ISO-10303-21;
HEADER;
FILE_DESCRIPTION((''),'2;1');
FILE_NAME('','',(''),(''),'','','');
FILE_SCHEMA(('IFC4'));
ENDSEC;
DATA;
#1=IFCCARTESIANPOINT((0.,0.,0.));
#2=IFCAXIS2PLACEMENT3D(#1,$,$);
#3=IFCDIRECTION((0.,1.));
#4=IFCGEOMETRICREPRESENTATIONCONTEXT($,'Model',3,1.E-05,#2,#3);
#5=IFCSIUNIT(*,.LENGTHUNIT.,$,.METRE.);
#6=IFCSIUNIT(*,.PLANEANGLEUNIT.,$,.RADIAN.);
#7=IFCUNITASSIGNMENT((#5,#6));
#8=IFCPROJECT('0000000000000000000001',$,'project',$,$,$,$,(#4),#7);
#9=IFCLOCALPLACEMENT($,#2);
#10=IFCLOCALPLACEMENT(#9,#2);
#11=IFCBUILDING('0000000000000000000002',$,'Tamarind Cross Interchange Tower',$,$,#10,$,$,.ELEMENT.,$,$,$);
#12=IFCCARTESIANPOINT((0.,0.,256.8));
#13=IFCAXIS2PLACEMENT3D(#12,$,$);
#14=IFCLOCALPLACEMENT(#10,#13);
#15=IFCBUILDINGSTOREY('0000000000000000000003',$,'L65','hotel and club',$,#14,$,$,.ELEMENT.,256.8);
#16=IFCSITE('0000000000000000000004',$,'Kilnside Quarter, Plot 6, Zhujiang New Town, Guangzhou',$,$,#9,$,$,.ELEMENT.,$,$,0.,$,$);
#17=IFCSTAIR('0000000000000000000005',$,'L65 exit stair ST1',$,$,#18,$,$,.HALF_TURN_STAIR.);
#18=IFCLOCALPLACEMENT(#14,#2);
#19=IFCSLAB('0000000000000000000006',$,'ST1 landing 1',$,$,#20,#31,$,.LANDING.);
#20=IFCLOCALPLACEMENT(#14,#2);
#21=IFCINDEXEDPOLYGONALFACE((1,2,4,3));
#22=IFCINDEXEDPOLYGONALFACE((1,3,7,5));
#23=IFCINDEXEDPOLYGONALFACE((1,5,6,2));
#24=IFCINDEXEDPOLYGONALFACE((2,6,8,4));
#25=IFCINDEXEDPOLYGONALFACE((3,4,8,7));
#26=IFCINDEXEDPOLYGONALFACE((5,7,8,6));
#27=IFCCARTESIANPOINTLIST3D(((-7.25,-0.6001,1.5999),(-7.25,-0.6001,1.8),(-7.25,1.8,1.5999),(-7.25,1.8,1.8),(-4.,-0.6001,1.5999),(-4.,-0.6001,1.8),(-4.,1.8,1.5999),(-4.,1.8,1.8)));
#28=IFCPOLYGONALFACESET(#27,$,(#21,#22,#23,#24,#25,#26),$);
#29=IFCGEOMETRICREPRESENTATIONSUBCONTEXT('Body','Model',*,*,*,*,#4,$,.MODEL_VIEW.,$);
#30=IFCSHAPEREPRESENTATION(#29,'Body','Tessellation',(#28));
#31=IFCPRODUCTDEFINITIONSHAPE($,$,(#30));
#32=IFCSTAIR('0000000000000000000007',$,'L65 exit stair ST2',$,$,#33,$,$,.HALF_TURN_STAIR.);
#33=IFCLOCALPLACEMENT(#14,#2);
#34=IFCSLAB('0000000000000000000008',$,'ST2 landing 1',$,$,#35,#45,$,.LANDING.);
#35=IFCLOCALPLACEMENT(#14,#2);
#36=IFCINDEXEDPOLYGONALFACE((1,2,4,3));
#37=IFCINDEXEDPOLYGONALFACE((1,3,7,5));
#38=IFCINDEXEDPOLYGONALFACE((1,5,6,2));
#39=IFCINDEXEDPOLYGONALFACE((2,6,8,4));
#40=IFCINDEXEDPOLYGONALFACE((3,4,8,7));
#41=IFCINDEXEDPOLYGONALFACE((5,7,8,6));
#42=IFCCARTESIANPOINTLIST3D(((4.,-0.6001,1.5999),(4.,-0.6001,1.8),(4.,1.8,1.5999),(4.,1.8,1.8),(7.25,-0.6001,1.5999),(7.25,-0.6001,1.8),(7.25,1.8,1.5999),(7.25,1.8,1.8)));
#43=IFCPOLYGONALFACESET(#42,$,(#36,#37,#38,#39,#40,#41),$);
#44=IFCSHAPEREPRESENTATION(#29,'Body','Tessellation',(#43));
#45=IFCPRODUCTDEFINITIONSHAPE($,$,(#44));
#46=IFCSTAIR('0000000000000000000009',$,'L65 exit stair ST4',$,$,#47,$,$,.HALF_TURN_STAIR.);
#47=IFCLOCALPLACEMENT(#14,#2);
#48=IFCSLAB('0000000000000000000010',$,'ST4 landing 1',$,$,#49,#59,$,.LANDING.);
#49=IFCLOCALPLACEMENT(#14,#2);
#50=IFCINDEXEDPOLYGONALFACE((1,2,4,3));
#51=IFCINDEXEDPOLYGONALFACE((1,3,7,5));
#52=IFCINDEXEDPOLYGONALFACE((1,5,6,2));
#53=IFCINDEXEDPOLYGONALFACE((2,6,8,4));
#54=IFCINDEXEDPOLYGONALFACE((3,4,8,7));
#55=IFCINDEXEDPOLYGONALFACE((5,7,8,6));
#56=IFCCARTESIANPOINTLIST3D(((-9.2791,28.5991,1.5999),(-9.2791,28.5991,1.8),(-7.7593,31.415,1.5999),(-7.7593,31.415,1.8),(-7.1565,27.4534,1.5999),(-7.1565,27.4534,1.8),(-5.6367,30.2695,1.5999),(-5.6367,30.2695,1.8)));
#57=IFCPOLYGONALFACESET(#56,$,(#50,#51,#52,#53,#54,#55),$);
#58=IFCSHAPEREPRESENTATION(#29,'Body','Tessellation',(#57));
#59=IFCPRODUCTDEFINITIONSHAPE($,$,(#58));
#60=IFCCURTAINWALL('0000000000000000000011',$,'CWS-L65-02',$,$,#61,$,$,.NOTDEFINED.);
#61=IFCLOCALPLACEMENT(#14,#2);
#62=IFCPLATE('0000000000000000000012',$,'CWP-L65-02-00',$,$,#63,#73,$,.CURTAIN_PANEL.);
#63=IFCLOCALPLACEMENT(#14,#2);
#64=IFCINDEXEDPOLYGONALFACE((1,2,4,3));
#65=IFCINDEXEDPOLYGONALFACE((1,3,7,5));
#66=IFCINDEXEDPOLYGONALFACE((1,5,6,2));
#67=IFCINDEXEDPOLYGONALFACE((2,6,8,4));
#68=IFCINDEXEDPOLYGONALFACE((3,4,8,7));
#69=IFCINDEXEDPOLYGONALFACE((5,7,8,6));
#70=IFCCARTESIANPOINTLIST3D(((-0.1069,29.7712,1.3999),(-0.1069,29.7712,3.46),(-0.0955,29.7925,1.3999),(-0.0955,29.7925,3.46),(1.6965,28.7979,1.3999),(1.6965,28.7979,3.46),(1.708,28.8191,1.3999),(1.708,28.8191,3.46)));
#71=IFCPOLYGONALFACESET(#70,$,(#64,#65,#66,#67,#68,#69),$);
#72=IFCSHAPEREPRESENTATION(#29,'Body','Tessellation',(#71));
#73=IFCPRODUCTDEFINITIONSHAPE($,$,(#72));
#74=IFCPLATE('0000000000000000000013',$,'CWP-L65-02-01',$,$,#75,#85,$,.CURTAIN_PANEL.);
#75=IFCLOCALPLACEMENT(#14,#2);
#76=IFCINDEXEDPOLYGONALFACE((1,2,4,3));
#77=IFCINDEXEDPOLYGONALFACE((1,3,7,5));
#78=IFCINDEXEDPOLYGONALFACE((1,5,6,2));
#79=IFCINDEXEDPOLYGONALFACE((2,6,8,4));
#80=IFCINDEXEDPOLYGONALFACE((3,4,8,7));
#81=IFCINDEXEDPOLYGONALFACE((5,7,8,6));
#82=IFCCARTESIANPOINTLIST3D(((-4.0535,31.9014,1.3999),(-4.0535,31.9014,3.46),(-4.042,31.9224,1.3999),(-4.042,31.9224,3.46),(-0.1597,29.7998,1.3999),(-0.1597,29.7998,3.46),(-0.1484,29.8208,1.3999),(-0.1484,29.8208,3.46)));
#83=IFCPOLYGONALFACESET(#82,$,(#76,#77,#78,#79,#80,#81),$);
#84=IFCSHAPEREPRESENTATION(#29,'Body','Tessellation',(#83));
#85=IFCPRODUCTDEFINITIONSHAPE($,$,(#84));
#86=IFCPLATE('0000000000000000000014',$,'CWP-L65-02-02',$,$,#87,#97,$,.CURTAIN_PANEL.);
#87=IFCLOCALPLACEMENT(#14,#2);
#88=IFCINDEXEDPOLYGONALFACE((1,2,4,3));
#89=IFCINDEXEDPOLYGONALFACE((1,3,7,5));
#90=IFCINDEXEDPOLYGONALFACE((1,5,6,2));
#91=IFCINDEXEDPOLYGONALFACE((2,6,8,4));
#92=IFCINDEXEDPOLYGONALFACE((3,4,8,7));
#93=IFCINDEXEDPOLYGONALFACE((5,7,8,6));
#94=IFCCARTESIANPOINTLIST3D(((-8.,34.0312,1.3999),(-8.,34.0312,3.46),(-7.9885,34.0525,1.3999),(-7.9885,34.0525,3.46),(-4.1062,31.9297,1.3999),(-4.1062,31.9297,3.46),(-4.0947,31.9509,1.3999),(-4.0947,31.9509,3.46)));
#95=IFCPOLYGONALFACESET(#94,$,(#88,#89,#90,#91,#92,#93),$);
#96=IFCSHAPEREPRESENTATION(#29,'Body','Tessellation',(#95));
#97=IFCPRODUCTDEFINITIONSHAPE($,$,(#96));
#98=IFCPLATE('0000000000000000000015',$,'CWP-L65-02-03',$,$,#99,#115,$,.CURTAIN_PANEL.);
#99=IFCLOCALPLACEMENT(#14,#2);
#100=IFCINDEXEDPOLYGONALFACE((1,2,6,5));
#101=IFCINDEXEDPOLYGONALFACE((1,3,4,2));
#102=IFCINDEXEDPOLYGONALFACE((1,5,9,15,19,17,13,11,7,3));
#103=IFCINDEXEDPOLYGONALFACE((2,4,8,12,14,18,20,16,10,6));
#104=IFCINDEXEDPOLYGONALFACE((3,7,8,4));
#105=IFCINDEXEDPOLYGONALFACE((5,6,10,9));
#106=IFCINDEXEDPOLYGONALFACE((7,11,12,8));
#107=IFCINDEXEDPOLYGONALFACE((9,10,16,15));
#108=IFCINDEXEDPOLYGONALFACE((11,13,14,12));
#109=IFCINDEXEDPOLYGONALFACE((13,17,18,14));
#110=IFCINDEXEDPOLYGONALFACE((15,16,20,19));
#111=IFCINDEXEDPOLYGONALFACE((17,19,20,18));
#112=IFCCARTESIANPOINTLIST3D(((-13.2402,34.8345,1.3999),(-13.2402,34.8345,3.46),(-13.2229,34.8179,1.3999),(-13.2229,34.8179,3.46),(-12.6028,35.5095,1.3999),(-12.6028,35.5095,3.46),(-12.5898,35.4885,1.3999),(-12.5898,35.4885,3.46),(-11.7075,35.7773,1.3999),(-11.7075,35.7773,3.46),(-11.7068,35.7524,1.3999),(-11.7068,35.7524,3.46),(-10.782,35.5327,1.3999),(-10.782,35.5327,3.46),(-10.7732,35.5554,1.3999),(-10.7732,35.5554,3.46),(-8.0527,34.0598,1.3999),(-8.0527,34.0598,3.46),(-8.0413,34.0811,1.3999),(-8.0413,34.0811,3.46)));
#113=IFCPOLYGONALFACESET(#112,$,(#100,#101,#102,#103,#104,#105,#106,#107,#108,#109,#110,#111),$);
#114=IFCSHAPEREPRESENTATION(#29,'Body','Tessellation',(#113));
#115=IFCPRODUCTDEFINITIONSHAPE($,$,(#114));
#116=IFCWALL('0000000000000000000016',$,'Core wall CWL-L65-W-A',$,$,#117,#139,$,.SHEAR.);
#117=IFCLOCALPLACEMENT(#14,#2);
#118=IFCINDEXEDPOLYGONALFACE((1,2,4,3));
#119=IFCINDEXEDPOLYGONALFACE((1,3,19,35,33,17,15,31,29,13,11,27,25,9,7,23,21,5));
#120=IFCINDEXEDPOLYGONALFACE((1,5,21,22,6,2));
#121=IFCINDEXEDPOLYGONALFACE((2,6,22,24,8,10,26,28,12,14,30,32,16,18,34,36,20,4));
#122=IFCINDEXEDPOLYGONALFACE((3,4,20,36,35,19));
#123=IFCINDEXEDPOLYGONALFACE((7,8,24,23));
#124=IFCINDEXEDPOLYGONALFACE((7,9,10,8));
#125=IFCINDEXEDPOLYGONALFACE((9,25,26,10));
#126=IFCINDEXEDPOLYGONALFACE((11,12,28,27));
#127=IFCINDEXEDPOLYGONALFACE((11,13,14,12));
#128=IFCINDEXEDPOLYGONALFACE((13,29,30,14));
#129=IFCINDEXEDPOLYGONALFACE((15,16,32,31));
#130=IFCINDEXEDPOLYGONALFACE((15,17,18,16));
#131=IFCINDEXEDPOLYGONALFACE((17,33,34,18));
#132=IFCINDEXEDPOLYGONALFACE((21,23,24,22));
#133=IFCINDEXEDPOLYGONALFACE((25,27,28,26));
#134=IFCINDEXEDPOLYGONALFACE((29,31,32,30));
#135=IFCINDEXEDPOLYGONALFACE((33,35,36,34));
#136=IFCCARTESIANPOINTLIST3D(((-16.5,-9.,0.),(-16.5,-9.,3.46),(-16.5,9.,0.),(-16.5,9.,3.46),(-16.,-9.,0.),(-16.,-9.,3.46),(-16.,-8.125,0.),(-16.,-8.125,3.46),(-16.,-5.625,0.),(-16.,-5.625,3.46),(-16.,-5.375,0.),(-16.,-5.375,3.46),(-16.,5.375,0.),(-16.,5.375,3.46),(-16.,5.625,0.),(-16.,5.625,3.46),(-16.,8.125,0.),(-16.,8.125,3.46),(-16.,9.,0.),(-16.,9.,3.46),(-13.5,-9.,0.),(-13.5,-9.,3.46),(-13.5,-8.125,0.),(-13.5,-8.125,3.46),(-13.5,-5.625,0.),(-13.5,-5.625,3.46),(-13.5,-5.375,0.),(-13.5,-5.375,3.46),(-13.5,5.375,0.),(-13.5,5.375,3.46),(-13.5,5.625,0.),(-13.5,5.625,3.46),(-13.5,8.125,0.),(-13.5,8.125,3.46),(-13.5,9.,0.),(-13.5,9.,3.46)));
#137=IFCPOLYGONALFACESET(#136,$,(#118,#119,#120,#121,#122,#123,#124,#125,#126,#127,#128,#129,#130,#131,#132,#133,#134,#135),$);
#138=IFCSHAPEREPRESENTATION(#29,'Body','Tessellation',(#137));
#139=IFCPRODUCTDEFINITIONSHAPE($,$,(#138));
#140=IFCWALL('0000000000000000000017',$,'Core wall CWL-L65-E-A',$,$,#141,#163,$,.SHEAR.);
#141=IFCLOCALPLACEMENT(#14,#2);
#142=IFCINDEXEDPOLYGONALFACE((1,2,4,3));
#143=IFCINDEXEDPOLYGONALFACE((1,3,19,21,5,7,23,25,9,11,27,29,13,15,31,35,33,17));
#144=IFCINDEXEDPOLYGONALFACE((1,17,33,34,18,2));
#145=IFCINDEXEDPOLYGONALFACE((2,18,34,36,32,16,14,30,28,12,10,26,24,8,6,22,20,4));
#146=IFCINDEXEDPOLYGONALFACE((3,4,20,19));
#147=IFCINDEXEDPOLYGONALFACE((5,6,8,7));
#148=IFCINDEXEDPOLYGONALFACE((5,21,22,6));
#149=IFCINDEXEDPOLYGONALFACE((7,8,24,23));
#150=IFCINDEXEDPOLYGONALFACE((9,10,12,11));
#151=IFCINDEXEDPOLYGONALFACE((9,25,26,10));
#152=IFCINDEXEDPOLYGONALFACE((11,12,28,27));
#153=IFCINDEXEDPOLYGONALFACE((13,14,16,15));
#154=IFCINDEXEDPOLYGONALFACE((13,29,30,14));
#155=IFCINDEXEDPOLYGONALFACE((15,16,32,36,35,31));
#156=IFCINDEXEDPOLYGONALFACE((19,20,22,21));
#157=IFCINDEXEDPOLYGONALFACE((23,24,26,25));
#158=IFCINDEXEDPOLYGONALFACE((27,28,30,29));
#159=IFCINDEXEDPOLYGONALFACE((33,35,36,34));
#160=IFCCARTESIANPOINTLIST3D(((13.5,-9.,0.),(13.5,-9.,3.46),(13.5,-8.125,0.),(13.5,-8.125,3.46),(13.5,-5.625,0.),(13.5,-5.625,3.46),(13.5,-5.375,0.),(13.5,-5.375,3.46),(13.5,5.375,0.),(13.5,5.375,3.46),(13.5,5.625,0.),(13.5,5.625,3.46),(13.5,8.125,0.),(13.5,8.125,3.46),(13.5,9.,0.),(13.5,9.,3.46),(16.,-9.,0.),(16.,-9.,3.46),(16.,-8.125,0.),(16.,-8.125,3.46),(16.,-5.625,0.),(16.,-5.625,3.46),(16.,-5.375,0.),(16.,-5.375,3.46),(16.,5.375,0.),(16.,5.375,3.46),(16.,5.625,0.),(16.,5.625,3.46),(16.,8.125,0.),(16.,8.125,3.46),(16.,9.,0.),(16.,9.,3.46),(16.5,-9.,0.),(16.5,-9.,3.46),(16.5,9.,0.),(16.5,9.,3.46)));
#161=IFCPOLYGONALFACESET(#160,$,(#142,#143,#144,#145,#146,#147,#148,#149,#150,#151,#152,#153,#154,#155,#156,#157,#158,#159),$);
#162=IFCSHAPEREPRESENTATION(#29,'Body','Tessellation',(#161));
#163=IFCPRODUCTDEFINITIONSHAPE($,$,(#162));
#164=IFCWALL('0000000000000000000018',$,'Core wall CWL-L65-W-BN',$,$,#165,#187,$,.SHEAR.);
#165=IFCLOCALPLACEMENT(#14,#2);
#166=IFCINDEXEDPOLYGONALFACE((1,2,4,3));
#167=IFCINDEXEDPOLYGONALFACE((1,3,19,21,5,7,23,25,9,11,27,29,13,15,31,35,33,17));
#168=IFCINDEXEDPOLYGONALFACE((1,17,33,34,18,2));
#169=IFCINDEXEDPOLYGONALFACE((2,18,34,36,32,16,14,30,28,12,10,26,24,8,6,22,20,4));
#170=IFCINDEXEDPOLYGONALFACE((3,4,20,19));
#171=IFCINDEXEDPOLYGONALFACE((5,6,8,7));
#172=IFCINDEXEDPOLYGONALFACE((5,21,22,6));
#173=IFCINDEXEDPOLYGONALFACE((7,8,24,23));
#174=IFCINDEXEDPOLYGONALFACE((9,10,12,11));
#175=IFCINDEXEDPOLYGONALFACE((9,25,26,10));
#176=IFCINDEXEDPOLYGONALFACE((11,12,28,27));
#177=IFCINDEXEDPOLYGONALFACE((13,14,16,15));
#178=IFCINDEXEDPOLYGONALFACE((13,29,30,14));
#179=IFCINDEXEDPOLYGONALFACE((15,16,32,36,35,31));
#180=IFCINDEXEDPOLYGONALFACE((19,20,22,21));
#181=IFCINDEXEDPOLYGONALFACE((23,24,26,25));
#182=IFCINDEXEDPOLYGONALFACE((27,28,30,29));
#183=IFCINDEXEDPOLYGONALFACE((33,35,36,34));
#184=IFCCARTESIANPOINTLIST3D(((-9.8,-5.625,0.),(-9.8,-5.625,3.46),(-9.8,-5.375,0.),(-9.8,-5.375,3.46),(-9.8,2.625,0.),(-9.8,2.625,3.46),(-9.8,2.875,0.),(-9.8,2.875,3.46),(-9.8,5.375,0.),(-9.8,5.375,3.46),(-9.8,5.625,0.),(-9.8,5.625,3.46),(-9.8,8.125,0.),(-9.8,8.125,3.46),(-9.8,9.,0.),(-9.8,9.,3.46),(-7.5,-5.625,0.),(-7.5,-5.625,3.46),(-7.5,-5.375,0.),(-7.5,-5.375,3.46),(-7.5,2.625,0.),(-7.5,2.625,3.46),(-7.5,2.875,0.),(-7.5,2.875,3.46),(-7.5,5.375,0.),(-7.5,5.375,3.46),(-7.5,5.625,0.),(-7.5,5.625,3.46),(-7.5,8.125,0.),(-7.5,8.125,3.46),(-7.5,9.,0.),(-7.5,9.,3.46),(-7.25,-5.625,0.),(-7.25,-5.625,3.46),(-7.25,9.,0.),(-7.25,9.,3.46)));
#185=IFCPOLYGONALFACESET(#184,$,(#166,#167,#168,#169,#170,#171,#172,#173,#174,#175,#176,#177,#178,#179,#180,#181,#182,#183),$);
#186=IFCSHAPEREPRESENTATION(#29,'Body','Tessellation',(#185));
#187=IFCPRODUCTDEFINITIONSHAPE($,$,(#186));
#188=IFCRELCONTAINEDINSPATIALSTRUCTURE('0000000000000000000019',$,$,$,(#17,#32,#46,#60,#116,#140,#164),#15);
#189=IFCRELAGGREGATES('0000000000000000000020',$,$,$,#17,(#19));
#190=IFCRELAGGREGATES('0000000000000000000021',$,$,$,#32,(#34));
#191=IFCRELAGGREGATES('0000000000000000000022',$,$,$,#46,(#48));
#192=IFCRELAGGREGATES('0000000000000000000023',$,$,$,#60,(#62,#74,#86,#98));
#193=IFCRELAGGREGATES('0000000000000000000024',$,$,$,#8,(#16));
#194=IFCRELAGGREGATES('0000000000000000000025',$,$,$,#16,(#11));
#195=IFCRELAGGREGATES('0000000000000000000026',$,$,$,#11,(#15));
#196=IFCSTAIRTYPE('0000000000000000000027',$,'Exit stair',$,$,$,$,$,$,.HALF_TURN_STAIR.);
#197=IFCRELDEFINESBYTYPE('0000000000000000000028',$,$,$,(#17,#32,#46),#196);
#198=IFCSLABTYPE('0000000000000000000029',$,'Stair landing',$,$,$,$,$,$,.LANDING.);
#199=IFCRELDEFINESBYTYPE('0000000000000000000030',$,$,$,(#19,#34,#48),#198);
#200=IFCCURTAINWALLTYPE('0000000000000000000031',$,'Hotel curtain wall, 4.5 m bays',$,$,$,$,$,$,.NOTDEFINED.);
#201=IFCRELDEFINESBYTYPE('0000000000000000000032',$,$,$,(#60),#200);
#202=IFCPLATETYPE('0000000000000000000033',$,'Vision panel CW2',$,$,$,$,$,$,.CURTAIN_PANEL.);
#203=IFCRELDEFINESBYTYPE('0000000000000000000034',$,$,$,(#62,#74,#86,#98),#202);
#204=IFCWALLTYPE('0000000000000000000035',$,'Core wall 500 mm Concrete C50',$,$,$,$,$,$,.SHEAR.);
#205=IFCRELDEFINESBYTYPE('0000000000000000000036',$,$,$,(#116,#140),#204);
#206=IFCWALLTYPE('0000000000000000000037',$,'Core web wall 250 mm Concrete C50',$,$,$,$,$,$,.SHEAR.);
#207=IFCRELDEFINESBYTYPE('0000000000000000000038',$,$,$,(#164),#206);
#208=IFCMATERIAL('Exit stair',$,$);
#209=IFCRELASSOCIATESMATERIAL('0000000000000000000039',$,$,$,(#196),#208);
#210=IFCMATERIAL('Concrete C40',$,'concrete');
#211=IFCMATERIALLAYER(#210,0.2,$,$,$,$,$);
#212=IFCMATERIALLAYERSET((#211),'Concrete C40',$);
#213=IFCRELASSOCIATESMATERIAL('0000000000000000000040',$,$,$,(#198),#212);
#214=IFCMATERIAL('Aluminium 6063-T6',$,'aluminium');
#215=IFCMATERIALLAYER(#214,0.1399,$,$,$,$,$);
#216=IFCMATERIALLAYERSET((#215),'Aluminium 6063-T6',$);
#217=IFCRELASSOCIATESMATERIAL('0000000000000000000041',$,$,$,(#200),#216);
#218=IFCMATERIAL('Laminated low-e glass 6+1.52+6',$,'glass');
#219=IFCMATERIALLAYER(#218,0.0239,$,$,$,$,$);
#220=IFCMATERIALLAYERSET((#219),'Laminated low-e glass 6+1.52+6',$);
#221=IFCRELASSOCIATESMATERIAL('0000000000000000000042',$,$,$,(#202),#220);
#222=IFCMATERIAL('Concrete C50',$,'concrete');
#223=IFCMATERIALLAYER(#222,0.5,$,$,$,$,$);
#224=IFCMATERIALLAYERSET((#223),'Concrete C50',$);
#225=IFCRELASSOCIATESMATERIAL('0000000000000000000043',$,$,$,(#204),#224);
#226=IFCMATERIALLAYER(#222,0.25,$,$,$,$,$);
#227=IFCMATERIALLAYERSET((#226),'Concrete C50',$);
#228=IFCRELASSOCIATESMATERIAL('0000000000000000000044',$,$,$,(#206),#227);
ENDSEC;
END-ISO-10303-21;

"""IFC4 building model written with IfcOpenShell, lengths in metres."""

from ifc_helpers import new_model, si_unit, direction, frame, origin, place, context, subcontext, project, spatial, polyline, outline, extrude, material, layer, layer_set, type_object, element, aggregate, save


model = new_model("IFC4")

# Units and contexts
model_context = context("Model", 3, precision=1e-05, world=origin(), true_north=direction((0.0, 1.0)))
body_context = subcontext(model_context, "Body", "Model", "MODEL_VIEW")
ifc_project = project(units=[si_unit("LENGTHUNIT", "METRE"), si_unit("PLANEANGLEUNIT", "RADIAN")], contexts=[model_context])

# Site, building, storey
site_placement = place(None, origin())
site = spatial("IfcSite", under=ifc_project, at=site_placement, Name="Kilnside Quarter, Plot 6, Zhujiang New Town, Guangzhou", CompositionType="ELEMENT", RefElevation=0.0)
building_placement = place(site_placement, origin())
building = spatial("IfcBuilding", under=site, at=building_placement, Name="Tamarind Cross Interchange Tower", CompositionType="ELEMENT")
storey_placement = place(building_placement, frame((0.0, 0.0, 256.8)))
storey = spatial("IfcBuildingStorey", under=building, at=storey_placement, Name="L65", Description="hotel and club", CompositionType="ELEMENT", Elevation=256.8)

# Stairs, slabs
ifc_material_1 = material(Name="Exit stair")
stair_type = type_object("IfcStairType", Name="Exit stair", PredefinedType="HALF_TURN_STAIR", material=ifc_material_1)
stair_1_placement = place(storey_placement, origin())
stair_1 = element("IfcStair", 1, at=stair_1_placement, inside=storey, type_object=stair_type, Name="L65 exit stair ST1", PredefinedType="HALF_TURN_STAIR")
ifc_material_2 = material(Name="Concrete C40", Category="concrete")
ifc_layer_1 = layer(ifc_material_2, 0.2)
ifc_layer_set_1 = layer_set([ifc_layer_1], Name="Concrete C40")
slab_type = type_object("IfcSlabType", Name="Stair landing", PredefinedType="LANDING", material=ifc_layer_set_1)
slab_1_placement = place(storey_placement, frame((0.0, 0.0, 1.5999)))
slab_1 = element("IfcSlab", 2, at=slab_1_placement, type_object=slab_type, Name="ST1 landing 1", PredefinedType="LANDING", context=body_context, shape_type="SweptSolid", body=[
    extrude(outline(polyline([(-4.0, -0.6001), (-4.0, 1.8), (-7.25, 1.8), (-7.25, -0.6001), (-4.0, -0.6001)])), origin(), (0.0, 0.0, 1.0), 0.2002),
])
aggregate(stair_1, [slab_1])
stair_2_placement = place(storey_placement, origin())
stair_2 = element("IfcStair", 3, at=stair_2_placement, inside=storey, type_object=stair_type, Name="L65 exit stair ST2", PredefinedType="HALF_TURN_STAIR")
slab_2_placement = place(storey_placement, frame((0.0, 0.0, 1.5999)))
slab_2 = element("IfcSlab", 4, at=slab_2_placement, type_object=slab_type, Name="ST2 landing 1", PredefinedType="LANDING", context=body_context, shape_type="SweptSolid", body=[
    extrude(outline(polyline([(7.25, -0.6001), (7.25, 1.8), (4.0, 1.8), (4.0, -0.6001), (7.25, -0.6001)])), origin(), (0.0, 0.0, 1.0), 0.2002),
])
aggregate(stair_2, [slab_2])
stair_3_placement = place(storey_placement, origin())
stair_3 = element("IfcStair", 5, at=stair_3_placement, inside=storey, type_object=stair_type, Name="L65 exit stair ST4", PredefinedType="HALF_TURN_STAIR")
slab_3_placement = place(storey_placement, frame((0.0, 0.0, 1.5999)))
slab_3 = element("IfcSlab", 6, at=slab_3_placement, type_object=slab_type, Name="ST4 landing 1", PredefinedType="LANDING", context=body_context, shape_type="SweptSolid", body=[
    extrude(outline(polyline([(-5.6367, 30.2695), (-7.7593, 31.415), (-9.2791, 28.5991), (-7.1565, 27.4534), (-5.6367, 30.2695)])), origin(), (0.0, 0.0, 1.0), 0.2002),
])
aggregate(stair_3, [slab_3])

# Curtain wall, plates
ifc_material_3 = material(Name="Aluminium 6063-T6", Category="aluminium")
ifc_layer_2 = layer(ifc_material_3, 0.1399)
ifc_layer_set_2 = layer_set([ifc_layer_2], Name="Aluminium 6063-T6")
curtain_wall_type = type_object("IfcCurtainWallType", Name="Hotel curtain wall, 4.5 m bays", PredefinedType="NOTDEFINED", material=ifc_layer_set_2)
curtain_wall_placement = place(storey_placement, origin())
curtain_wall = element("IfcCurtainWall", 7, at=curtain_wall_placement, inside=storey, type_object=curtain_wall_type, Name="CWS-L65-02", PredefinedType="NOTDEFINED")
ifc_material_4 = material(Name="Laminated low-e glass 6+1.52+6", Category="glass")
ifc_layer_3 = layer(ifc_material_4, 0.0239)
ifc_layer_set_3 = layer_set([ifc_layer_3], Name="Laminated low-e glass 6+1.52+6")
plate_type = type_object("IfcPlateType", Name="Vision panel CW2", PredefinedType="CURTAIN_PANEL", material=ifc_layer_set_3)
plate_1_placement = place(storey_placement, frame((0.0, 0.0, 1.3999)))
plate_1 = element("IfcPlate", 8, at=plate_1_placement, type_object=plate_type, Name="CWP-L65-02-00", PredefinedType="CURTAIN_PANEL", context=body_context, shape_type="SweptSolid", body=[
    extrude(outline(polyline([(1.6965, 28.7979), (-0.1069, 29.7712), (-0.0955, 29.7925), (1.708, 28.8191), (1.6965, 28.7979)])), origin(), (0.0, 0.0, 1.0), 2.0601),
])
plate_2_placement = place(storey_placement, frame((0.0, 0.0, 1.3999)))
plate_2 = element("IfcPlate", 9, at=plate_2_placement, type_object=plate_type, Name="CWP-L65-02-01", PredefinedType="CURTAIN_PANEL", context=body_context, shape_type="SweptSolid", body=[
    extrude(outline(polyline([(-0.1597, 29.7998), (-4.0535, 31.9014), (-4.042, 31.9224), (-0.1484, 29.8208), (-0.1597, 29.7998)])), origin(), (0.0, 0.0, 1.0), 2.0601),
])
plate_3_placement = place(storey_placement, frame((0.0, 0.0, 1.3999)))
plate_3 = element("IfcPlate", 10, at=plate_3_placement, type_object=plate_type, Name="CWP-L65-02-02", PredefinedType="CURTAIN_PANEL", context=body_context, shape_type="SweptSolid", body=[
    extrude(outline(polyline([(-4.1062, 31.9297), (-8.0, 34.0312), (-7.9885, 34.0525), (-4.0947, 31.9509), (-4.1062, 31.9297)])), origin(), (0.0, 0.0, 1.0), 2.0601),
])
plate_4_placement = place(storey_placement, frame((0.0, 0.0, 1.3999)))
plate_4 = element("IfcPlate", 11, at=plate_4_placement, type_object=plate_type, Name="CWP-L65-02-03", PredefinedType="CURTAIN_PANEL", context=body_context, shape_type="SweptSolid", body=[
    extrude(outline(polyline([(-8.0527, 34.0598), (-10.782, 35.5327), (-11.7068, 35.7524), (-12.5898, 35.4885), (-13.2229, 34.8179), (-13.2402, 34.8345), (-12.6028, 35.5095), (-11.7075, 35.7773), (-10.7732, 35.5554), (-8.0413, 34.0811), (-8.0527, 34.0598)])), origin(), (0.0, 0.0, 1.0), 2.0601),
])
aggregate(curtain_wall, [plate_1, plate_2, plate_3, plate_4])

# Walls
ifc_material_5 = material(Name="Concrete C50", Category="concrete")
ifc_layer_4 = layer(ifc_material_5, 0.5)
ifc_layer_set_4 = layer_set([ifc_layer_4], Name="Concrete C50")
wall_type_1 = type_object("IfcWallType", Name="Core wall 500 mm Concrete C50", PredefinedType="SHEAR", material=ifc_layer_set_4)
wall_1_placement = place(storey_placement, origin())
element("IfcWall", 12, at=wall_1_placement, inside=storey, type_object=wall_type_1, Name="Core wall CWL-L65-W-A", PredefinedType="SHEAR", context=body_context, shape_type="SweptSolid", body=[
    extrude(outline(polyline([(-13.5, -8.125), (-16.0, -8.125), (-16.0, -5.625), (-13.5, -5.625), (-13.5, -5.375), (-16.0, -5.375), (-16.0, 5.375), (-13.5, 5.375), (-13.5, 5.625), (-16.0, 5.625), (-16.0, 8.125), (-13.5, 8.125), (-13.5, 9.0), (-16.0, 9.0), (-16.5, 9.0), (-16.5, -9.0), (-16.0, -9.0), (-13.5, -9.0), (-13.5, -8.125)])), origin(), (0.0, 0.0, 1.0), 3.46),
])
wall_2_placement = place(storey_placement, origin())
element("IfcWall", 13, at=wall_2_placement, inside=storey, type_object=wall_type_1, Name="Core wall CWL-L65-E-A", PredefinedType="SHEAR", context=body_context, shape_type="SweptSolid", body=[
    extrude(outline(polyline([(13.5, -8.125), (13.5, -9.0), (16.0, -9.0), (16.5, -9.0), (16.5, 9.0), (16.0, 9.0), (13.5, 9.0), (13.5, 8.125), (16.0, 8.125), (16.0, 5.625), (13.5, 5.625), (13.5, 5.375), (16.0, 5.375), (16.0, -5.375), (13.5, -5.375), (13.5, -5.625), (16.0, -5.625), (16.0, -8.125), (13.5, -8.125)])), origin(), (0.0, 0.0, 1.0), 3.46),
])
ifc_layer_5 = layer(ifc_material_5, 0.25)
ifc_layer_set_5 = layer_set([ifc_layer_5], Name="Concrete C50")
wall_type_2 = type_object("IfcWallType", Name="Core web wall 250 mm Concrete C50", PredefinedType="SHEAR", material=ifc_layer_set_5)
wall_3_placement = place(storey_placement, origin())
element("IfcWall", 14, at=wall_3_placement, inside=storey, type_object=wall_type_2, Name="Core wall CWL-L65-W-BN", PredefinedType="SHEAR", context=body_context, shape_type="SweptSolid", body=[
    extrude(outline(polyline([(-9.8, -5.375), (-9.8, -5.625), (-7.5, -5.625), (-7.25, -5.625), (-7.25, 9.0), (-7.5, 9.0), (-9.8, 9.0), (-9.8, 8.125), (-7.5, 8.125), (-7.5, 5.625), (-9.8, 5.625), (-9.8, 5.375), (-7.5, 5.375), (-7.5, 2.875), (-9.8, 2.875), (-9.8, 2.625), (-7.5, 2.625), (-7.5, -5.375), (-9.8, -5.375)])), origin(), (0.0, 0.0, 1.0), 3.46),
])

save(model, "model.ifc")
